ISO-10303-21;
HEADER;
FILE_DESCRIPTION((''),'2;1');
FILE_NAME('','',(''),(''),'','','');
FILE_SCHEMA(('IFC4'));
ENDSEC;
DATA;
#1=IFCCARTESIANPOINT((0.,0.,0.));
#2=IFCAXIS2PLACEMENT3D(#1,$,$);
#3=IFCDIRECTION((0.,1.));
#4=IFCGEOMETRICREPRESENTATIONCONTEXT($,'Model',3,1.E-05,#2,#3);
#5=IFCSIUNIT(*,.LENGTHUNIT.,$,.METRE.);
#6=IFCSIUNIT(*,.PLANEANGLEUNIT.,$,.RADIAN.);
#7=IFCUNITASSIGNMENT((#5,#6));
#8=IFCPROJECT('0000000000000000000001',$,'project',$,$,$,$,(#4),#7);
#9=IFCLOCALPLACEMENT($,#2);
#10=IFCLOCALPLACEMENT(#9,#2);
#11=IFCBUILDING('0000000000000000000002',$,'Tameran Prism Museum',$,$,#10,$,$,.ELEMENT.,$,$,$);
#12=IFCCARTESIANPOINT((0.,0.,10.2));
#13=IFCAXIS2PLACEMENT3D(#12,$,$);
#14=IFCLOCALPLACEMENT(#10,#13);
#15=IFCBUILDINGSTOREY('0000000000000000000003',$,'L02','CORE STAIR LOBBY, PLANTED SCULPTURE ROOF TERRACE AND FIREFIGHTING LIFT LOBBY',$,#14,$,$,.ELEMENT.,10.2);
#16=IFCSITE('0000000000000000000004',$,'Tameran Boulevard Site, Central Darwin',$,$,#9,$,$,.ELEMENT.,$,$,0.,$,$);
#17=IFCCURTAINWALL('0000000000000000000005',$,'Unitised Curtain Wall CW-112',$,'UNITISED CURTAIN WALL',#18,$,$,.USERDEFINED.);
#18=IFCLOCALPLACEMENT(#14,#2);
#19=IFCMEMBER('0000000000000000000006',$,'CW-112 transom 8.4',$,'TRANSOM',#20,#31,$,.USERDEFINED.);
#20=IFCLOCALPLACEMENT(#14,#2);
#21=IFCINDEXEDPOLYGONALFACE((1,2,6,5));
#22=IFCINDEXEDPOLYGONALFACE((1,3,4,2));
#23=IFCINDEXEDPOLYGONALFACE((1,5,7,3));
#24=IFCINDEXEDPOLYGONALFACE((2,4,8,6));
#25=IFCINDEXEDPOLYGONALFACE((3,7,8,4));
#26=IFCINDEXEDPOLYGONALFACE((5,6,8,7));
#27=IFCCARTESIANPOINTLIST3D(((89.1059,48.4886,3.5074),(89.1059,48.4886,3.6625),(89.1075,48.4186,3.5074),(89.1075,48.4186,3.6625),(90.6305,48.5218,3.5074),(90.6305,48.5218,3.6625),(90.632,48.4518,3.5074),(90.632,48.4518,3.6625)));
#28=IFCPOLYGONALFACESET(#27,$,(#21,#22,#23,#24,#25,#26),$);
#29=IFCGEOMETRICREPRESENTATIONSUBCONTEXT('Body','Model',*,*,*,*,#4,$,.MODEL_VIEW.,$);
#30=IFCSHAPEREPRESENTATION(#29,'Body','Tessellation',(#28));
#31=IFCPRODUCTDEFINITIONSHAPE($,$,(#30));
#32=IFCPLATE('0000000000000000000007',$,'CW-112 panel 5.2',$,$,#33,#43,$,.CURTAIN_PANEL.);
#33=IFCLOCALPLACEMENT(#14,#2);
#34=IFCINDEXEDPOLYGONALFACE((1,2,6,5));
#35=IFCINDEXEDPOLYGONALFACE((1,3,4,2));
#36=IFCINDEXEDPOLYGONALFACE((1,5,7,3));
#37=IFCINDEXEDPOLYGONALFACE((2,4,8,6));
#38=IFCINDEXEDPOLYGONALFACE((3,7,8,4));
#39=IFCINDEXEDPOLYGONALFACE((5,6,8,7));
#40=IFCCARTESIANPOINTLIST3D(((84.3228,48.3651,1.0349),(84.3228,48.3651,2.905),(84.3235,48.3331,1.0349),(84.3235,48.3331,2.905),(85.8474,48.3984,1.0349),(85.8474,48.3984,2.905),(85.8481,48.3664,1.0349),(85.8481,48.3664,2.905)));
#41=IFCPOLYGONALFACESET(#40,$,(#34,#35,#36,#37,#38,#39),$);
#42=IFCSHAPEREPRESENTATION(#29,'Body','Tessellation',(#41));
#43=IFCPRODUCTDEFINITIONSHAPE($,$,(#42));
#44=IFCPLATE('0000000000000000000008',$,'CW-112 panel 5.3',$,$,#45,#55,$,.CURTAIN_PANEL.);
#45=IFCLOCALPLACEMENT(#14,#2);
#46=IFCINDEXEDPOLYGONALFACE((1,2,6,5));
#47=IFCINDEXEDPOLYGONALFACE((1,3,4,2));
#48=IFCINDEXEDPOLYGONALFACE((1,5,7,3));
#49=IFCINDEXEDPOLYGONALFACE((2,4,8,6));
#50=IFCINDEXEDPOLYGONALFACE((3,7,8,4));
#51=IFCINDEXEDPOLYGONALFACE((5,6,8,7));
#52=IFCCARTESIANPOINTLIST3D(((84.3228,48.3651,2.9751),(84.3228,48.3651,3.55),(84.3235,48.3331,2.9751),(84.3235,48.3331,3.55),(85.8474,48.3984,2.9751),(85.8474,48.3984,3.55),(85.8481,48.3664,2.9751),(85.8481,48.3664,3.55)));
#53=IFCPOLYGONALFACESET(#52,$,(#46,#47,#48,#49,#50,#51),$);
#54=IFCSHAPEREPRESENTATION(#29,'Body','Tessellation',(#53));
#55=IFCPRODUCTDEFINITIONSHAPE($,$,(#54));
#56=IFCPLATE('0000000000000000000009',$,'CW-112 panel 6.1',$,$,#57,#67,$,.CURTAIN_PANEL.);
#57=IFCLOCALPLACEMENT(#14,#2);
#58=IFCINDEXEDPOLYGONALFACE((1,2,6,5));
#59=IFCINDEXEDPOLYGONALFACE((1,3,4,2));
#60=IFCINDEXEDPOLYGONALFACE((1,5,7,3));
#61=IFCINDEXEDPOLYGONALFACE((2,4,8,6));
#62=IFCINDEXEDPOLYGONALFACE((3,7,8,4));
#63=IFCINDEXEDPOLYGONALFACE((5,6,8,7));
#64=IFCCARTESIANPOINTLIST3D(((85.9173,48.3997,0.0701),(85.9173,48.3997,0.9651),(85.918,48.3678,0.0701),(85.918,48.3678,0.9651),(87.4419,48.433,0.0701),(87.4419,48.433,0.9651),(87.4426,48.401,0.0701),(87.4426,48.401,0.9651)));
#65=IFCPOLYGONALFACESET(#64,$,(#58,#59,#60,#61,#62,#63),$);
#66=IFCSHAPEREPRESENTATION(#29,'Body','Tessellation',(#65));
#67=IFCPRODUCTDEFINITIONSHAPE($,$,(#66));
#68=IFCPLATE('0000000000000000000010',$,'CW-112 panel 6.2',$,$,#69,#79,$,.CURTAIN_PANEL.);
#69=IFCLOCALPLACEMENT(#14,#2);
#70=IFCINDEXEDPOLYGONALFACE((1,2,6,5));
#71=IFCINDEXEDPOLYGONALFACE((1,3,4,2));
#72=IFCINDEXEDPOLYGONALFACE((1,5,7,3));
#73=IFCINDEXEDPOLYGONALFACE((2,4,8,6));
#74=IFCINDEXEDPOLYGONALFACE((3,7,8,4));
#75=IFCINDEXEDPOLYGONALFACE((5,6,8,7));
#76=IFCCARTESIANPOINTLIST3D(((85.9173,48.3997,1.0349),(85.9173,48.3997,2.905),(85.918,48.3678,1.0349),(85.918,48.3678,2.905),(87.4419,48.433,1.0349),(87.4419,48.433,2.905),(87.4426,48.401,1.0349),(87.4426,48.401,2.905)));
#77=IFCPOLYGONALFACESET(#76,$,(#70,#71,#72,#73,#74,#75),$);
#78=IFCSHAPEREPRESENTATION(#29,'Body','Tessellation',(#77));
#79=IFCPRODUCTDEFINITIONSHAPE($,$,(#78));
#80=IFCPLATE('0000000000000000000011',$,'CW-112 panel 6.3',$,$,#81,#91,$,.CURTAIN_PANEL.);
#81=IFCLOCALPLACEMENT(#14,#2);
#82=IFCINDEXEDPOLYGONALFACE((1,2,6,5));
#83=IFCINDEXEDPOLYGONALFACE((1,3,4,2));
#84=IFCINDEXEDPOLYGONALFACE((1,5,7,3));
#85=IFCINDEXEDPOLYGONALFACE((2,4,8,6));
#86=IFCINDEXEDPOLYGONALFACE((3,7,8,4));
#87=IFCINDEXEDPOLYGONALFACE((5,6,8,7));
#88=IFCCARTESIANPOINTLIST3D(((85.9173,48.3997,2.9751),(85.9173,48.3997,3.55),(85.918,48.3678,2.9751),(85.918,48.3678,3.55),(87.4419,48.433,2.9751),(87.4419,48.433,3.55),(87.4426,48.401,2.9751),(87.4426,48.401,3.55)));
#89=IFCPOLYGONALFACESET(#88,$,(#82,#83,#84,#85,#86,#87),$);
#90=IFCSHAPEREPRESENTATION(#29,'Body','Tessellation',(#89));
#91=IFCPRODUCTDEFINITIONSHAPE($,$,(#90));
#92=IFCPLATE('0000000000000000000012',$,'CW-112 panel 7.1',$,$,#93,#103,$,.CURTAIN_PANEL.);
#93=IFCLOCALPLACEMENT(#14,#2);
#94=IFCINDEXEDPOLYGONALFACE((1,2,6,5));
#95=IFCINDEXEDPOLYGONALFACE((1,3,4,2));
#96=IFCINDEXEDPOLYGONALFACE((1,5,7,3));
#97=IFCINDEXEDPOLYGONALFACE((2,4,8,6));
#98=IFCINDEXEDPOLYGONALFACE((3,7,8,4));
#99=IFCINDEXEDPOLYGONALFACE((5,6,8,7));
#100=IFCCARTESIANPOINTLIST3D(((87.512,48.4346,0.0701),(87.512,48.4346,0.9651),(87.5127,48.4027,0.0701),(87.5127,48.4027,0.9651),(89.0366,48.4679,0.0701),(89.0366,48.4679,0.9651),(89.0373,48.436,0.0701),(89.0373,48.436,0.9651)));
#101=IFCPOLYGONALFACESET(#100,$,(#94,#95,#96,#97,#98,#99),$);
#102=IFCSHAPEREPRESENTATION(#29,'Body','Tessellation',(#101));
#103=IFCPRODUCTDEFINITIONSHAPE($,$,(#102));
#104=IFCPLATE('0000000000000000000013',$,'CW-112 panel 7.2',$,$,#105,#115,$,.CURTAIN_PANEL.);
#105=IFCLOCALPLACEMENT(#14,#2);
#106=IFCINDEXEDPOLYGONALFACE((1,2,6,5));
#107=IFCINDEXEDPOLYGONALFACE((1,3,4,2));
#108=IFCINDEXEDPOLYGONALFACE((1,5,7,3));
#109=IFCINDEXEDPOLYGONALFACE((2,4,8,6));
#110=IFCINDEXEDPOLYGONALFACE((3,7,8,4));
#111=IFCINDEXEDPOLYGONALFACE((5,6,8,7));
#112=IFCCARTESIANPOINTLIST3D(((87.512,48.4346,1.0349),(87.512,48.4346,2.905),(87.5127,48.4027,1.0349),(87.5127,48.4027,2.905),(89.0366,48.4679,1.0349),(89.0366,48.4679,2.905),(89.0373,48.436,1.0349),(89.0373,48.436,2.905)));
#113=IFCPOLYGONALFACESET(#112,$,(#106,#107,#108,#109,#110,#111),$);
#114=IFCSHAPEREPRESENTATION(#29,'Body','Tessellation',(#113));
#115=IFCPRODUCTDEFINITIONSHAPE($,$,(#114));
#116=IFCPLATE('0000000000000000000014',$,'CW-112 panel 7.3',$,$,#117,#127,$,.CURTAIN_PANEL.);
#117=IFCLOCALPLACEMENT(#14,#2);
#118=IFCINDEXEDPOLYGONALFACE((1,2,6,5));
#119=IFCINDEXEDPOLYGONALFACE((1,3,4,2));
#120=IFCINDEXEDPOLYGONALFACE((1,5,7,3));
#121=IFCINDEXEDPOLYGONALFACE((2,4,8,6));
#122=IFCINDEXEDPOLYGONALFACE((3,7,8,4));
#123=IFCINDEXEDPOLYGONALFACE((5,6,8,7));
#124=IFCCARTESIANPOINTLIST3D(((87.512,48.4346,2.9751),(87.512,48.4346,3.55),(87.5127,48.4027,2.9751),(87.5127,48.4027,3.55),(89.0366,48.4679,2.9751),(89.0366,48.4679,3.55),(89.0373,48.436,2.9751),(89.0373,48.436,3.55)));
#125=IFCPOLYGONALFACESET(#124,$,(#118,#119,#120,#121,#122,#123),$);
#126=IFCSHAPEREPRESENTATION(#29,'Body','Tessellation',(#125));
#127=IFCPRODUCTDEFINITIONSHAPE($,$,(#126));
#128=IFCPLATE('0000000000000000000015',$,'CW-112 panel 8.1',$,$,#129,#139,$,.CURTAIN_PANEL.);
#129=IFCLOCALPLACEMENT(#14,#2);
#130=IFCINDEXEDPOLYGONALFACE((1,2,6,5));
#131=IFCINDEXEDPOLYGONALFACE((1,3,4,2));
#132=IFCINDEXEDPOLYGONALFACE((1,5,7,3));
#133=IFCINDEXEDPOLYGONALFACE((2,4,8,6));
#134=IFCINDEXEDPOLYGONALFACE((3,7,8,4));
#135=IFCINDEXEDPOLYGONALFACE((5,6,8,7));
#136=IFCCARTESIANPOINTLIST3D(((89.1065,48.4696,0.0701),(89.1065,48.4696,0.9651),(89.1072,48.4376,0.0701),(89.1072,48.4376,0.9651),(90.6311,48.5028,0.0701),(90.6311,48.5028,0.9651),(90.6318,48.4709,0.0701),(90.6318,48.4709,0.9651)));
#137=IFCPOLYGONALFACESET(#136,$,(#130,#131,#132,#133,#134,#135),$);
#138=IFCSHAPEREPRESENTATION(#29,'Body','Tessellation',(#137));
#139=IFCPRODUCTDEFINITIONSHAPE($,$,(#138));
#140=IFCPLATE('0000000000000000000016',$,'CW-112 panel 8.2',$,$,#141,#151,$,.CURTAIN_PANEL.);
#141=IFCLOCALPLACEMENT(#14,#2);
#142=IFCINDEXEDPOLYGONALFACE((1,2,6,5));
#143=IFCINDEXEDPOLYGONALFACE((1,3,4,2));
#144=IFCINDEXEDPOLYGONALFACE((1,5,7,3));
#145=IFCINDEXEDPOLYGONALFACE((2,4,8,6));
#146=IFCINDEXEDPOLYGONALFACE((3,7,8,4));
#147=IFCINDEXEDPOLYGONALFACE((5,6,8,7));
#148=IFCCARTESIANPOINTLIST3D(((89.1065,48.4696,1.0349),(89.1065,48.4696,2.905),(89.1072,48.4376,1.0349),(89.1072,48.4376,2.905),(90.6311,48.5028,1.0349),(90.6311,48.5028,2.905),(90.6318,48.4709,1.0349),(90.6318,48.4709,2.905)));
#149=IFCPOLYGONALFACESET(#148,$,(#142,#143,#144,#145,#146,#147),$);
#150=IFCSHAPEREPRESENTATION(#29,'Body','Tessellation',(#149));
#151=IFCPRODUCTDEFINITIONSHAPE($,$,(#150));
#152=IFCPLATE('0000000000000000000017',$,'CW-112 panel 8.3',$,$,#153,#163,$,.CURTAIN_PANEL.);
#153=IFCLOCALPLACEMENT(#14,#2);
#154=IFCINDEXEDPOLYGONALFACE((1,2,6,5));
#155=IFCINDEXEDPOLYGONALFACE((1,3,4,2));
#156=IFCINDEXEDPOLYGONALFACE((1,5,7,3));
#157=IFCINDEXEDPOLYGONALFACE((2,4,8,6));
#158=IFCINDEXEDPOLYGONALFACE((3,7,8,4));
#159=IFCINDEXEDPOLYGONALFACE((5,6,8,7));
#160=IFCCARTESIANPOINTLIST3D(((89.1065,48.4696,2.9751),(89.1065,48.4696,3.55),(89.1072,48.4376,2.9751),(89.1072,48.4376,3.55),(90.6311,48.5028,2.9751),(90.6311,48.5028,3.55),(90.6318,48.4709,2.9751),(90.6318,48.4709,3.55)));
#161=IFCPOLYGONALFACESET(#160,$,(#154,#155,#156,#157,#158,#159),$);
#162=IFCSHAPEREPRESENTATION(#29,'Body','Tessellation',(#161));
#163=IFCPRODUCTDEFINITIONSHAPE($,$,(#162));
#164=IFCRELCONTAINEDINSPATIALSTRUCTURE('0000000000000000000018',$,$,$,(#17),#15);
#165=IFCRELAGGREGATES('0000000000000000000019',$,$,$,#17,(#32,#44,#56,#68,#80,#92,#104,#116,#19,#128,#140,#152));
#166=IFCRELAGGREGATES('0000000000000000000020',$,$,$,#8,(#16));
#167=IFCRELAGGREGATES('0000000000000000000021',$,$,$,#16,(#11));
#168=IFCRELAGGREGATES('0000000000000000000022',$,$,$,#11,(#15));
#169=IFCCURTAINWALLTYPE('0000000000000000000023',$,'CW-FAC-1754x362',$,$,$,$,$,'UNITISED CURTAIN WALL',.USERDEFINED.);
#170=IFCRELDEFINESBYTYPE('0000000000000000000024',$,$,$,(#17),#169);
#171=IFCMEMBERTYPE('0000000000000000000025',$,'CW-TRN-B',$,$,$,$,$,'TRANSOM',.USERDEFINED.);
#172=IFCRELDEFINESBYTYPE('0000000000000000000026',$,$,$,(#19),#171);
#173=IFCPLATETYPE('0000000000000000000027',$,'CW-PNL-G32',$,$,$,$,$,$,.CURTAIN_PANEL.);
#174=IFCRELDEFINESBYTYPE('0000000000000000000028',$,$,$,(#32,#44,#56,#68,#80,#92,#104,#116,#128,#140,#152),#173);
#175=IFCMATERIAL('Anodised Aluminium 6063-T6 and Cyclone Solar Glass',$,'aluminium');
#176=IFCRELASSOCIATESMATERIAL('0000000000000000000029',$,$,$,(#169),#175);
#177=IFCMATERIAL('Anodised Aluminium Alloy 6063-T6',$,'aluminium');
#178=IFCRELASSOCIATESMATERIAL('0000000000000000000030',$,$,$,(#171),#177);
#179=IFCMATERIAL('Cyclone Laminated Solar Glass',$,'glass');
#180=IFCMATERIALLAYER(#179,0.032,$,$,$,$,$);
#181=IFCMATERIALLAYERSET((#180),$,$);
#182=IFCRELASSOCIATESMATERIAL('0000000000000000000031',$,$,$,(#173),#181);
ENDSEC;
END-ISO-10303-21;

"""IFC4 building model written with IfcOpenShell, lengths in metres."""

from ifc_helpers import new_model, si_unit, direction, frame, origin, origin_2d, place, context, subcontext, project, spatial, rectangle, extrude, material, layer, layer_set, material_profile, profile_set, type_object, element, aggregate, save


model = new_model("IFC4")

# Units and contexts
model_context = context("Model", 3, precision=1e-05, world=origin(), true_north=direction((0.0, 1.0)))
body_context = subcontext(model_context, "Body", "Model", "MODEL_VIEW")
ifc_project = project(units=[si_unit("LENGTHUNIT", "METRE"), si_unit("PLANEANGLEUNIT", "RADIAN")], contexts=[model_context])

# Site, building, storey
site_placement = place(None, origin())
site = spatial("IfcSite", under=ifc_project, at=site_placement, Name="Tameran Boulevard Site, Central Darwin", CompositionType="ELEMENT", RefElevation=0.0)
building_placement = place(site_placement, origin())
building = spatial("IfcBuilding", under=site, at=building_placement, Name="Tameran Prism Museum", CompositionType="ELEMENT")
storey_placement = place(building_placement, frame((0.0, 0.0, 10.2)))
storey = spatial("IfcBuildingStorey", under=building, at=storey_placement, Name="L02", Description="CORE STAIR LOBBY, PLANTED SCULPTURE ROOF TERRACE AND FIREFIGHTING LIFT LOBBY", CompositionType="ELEMENT", Elevation=10.2)

# Curtain wall, member, plates
ifc_material_1 = material(Name="Anodised Aluminium 6063-T6 and Cyclone Solar Glass", Category="aluminium")
curtain_wall_type = type_object("IfcCurtainWallType", Name="CW-FAC-1754x362", ElementType="UNITISED CURTAIN WALL", PredefinedType="USERDEFINED", material=ifc_material_1)
curtain_wall_placement = place(storey_placement, origin())
curtain_wall = element("IfcCurtainWall", 1, at=curtain_wall_placement, inside=storey, type_object=curtain_wall_type, Name="Unitised Curtain Wall CW-112", ObjectType="UNITISED CURTAIN WALL", PredefinedType="USERDEFINED")
ifc_material_2 = material(Name="Anodised Aluminium Alloy 6063-T6", Category="aluminium")
ifc_material_profile_1 = material_profile(ifc_material_2, rectangle(XDim=0.0701, YDim=0.155, at=origin_2d()))
ifc_profile_set_1 = profile_set([ifc_material_profile_1])
member_type_1 = type_object("IfcMemberType", Name="CW-TRN-B", ElementType="TRANSOM", PredefinedType="USERDEFINED", material=ifc_profile_set_1)
member_1_placement = place(storey_placement, frame((89.1067, 48.4536, 3.585), z_axis=(0.999763, 0.021772, 0.0), x_axis=(-0.021772, 0.999763, 0.0)))
member_1 = element("IfcMember", 2, at=member_1_placement, type_object=member_type_1, Name="CW-112 transom 8.4", ObjectType="TRANSOM", PredefinedType="USERDEFINED", context=body_context, shape_type="SweptSolid", body=[
    extrude(rectangle(XDim=0.0701, YDim=0.155, at=origin_2d()), origin(), (0.0, 0.0, 1.0), 1.5249),
])
ifc_material_3 = material(Name="Cyclone Laminated Solar Glass", Category="glass")
ifc_layer = layer(ifc_material_3, 0.032)
ifc_layer_set = layer_set([ifc_layer])
plate_type = type_object("IfcPlateType", Name="CW-PNL-G32", PredefinedType="CURTAIN_PANEL", material=ifc_layer_set)
plate_1_placement = place(storey_placement, frame((85.0854, 48.3657, 1.0349), z_axis=(0.0, 0.0, 1.0), x_axis=(0.999762, 0.021831, 0.0)))
plate_1 = element("IfcPlate", 3, at=plate_1_placement, type_object=plate_type, Name="CW-112 panel 5.2", PredefinedType="CURTAIN_PANEL", context=body_context, shape_type="SweptSolid", body=[
    extrude(rectangle(XDim=1.5249, YDim=0.032, at=origin_2d()), origin(), (0.0, 0.0, 1.0), 1.8701),
])
plate_2_placement = place(storey_placement, frame((85.0854, 48.3657, 2.9751), z_axis=(0.0, 0.0, 1.0), x_axis=(0.999762, 0.021831, 0.0)))
plate_2 = element("IfcPlate", 4, at=plate_2_placement, type_object=plate_type, Name="CW-112 panel 5.3", PredefinedType="CURTAIN_PANEL", context=body_context, shape_type="SweptSolid", body=[
    extrude(rectangle(XDim=1.5249, YDim=0.032, at=origin_2d()), origin(), (0.0, 0.0, 1.0), 0.575),
])
plate_3_placement = place(storey_placement, frame((86.6799, 48.4004, 0.0701), z_axis=(0.0, 0.0, 1.0), x_axis=(0.999762, 0.021831, 0.0)))
plate_3 = element("IfcPlate", 5, at=plate_3_placement, type_object=plate_type, Name="CW-112 panel 6.1", PredefinedType="CURTAIN_PANEL", context=body_context, shape_type="SweptSolid", body=[
    extrude(rectangle(XDim=1.5249, YDim=0.032, at=origin_2d()), origin(), (0.0, 0.0, 1.0), 0.895),
])
plate_4_placement = place(storey_placement, frame((86.6799, 48.4004, 1.0349), z_axis=(0.0, 0.0, 1.0), x_axis=(0.999762, 0.021831, 0.0)))
plate_4 = element("IfcPlate", 6, at=plate_4_placement, type_object=plate_type, Name="CW-112 panel 6.2", PredefinedType="CURTAIN_PANEL", context=body_context, shape_type="SweptSolid", body=[
    extrude(rectangle(XDim=1.5249, YDim=0.032, at=origin_2d()), origin(), (0.0, 0.0, 1.0), 1.8701),
])
plate_5_placement = place(storey_placement, frame((86.6799, 48.4004, 2.9751), z_axis=(0.0, 0.0, 1.0), x_axis=(0.999762, 0.021831, 0.0)))
plate_5 = element("IfcPlate", 7, at=plate_5_placement, type_object=plate_type, Name="CW-112 panel 6.3", PredefinedType="CURTAIN_PANEL", context=body_context, shape_type="SweptSolid", body=[
    extrude(rectangle(XDim=1.5249, YDim=0.032, at=origin_2d()), origin(), (0.0, 0.0, 1.0), 0.575),
])
plate_6_placement = place(storey_placement, frame((88.2747, 48.4353, 0.0701), z_axis=(0.0, 0.0, 1.0), x_axis=(0.999762, 0.021831, 0.0)))
plate_6 = element("IfcPlate", 8, at=plate_6_placement, type_object=plate_type, Name="CW-112 panel 7.1", PredefinedType="CURTAIN_PANEL", context=body_context, shape_type="SweptSolid", body=[
    extrude(rectangle(XDim=1.5249, YDim=0.032, at=origin_2d()), origin(), (0.0, 0.0, 1.0), 0.895),
])
plate_7_placement = place(storey_placement, frame((88.2747, 48.4353, 1.0349), z_axis=(0.0, 0.0, 1.0), x_axis=(0.999762, 0.021831, 0.0)))
plate_7 = element("IfcPlate", 9, at=plate_7_placement, type_object=plate_type, Name="CW-112 panel 7.2", PredefinedType="CURTAIN_PANEL", context=body_context, shape_type="SweptSolid", body=[
    extrude(rectangle(XDim=1.5249, YDim=0.032, at=origin_2d()), origin(), (0.0, 0.0, 1.0), 1.8701),
])
plate_8_placement = place(storey_placement, frame((88.2747, 48.4353, 2.9751), z_axis=(0.0, 0.0, 1.0), x_axis=(0.999762, 0.021831, 0.0)))
plate_8 = element("IfcPlate", 10, at=plate_8_placement, type_object=plate_type, Name="CW-112 panel 7.3", PredefinedType="CURTAIN_PANEL", context=body_context, shape_type="SweptSolid", body=[
    extrude(rectangle(XDim=1.5249, YDim=0.032, at=origin_2d()), origin(), (0.0, 0.0, 1.0), 0.575),
])
plate_9_placement = place(storey_placement, frame((89.8691, 48.4702, 0.0701), z_axis=(0.0, 0.0, 1.0), x_axis=(0.999762, 0.021831, 0.0)))
plate_9 = element("IfcPlate", 11, at=plate_9_placement, type_object=plate_type, Name="CW-112 panel 8.1", PredefinedType="CURTAIN_PANEL", context=body_context, shape_type="SweptSolid", body=[
    extrude(rectangle(XDim=1.5249, YDim=0.032, at=origin_2d()), origin(), (0.0, 0.0, 1.0), 0.895),
])
plate_10_placement = place(storey_placement, frame((89.8691, 48.4702, 1.0349), z_axis=(0.0, 0.0, 1.0), x_axis=(0.999762, 0.021831, 0.0)))
plate_10 = element("IfcPlate", 12, at=plate_10_placement, type_object=plate_type, Name="CW-112 panel 8.2", PredefinedType="CURTAIN_PANEL", context=body_context, shape_type="SweptSolid", body=[
    extrude(rectangle(XDim=1.5249, YDim=0.032, at=origin_2d()), origin(), (0.0, 0.0, 1.0), 1.8701),
])
plate_11_placement = place(storey_placement, frame((89.8691, 48.4702, 2.9751), z_axis=(0.0, 0.0, 1.0), x_axis=(0.999762, 0.021831, 0.0)))
plate_11 = element("IfcPlate", 13, at=plate_11_placement, type_object=plate_type, Name="CW-112 panel 8.3", PredefinedType="CURTAIN_PANEL", context=body_context, shape_type="SweptSolid", body=[
    extrude(rectangle(XDim=1.5249, YDim=0.032, at=origin_2d()), origin(), (0.0, 0.0, 1.0), 0.575),
])
aggregate(curtain_wall, [plate_1, plate_2, plate_3, plate_4, plate_5, plate_6, plate_7, plate_8, member_1, plate_9, plate_10, plate_11])

save(model, "model.ifc")
